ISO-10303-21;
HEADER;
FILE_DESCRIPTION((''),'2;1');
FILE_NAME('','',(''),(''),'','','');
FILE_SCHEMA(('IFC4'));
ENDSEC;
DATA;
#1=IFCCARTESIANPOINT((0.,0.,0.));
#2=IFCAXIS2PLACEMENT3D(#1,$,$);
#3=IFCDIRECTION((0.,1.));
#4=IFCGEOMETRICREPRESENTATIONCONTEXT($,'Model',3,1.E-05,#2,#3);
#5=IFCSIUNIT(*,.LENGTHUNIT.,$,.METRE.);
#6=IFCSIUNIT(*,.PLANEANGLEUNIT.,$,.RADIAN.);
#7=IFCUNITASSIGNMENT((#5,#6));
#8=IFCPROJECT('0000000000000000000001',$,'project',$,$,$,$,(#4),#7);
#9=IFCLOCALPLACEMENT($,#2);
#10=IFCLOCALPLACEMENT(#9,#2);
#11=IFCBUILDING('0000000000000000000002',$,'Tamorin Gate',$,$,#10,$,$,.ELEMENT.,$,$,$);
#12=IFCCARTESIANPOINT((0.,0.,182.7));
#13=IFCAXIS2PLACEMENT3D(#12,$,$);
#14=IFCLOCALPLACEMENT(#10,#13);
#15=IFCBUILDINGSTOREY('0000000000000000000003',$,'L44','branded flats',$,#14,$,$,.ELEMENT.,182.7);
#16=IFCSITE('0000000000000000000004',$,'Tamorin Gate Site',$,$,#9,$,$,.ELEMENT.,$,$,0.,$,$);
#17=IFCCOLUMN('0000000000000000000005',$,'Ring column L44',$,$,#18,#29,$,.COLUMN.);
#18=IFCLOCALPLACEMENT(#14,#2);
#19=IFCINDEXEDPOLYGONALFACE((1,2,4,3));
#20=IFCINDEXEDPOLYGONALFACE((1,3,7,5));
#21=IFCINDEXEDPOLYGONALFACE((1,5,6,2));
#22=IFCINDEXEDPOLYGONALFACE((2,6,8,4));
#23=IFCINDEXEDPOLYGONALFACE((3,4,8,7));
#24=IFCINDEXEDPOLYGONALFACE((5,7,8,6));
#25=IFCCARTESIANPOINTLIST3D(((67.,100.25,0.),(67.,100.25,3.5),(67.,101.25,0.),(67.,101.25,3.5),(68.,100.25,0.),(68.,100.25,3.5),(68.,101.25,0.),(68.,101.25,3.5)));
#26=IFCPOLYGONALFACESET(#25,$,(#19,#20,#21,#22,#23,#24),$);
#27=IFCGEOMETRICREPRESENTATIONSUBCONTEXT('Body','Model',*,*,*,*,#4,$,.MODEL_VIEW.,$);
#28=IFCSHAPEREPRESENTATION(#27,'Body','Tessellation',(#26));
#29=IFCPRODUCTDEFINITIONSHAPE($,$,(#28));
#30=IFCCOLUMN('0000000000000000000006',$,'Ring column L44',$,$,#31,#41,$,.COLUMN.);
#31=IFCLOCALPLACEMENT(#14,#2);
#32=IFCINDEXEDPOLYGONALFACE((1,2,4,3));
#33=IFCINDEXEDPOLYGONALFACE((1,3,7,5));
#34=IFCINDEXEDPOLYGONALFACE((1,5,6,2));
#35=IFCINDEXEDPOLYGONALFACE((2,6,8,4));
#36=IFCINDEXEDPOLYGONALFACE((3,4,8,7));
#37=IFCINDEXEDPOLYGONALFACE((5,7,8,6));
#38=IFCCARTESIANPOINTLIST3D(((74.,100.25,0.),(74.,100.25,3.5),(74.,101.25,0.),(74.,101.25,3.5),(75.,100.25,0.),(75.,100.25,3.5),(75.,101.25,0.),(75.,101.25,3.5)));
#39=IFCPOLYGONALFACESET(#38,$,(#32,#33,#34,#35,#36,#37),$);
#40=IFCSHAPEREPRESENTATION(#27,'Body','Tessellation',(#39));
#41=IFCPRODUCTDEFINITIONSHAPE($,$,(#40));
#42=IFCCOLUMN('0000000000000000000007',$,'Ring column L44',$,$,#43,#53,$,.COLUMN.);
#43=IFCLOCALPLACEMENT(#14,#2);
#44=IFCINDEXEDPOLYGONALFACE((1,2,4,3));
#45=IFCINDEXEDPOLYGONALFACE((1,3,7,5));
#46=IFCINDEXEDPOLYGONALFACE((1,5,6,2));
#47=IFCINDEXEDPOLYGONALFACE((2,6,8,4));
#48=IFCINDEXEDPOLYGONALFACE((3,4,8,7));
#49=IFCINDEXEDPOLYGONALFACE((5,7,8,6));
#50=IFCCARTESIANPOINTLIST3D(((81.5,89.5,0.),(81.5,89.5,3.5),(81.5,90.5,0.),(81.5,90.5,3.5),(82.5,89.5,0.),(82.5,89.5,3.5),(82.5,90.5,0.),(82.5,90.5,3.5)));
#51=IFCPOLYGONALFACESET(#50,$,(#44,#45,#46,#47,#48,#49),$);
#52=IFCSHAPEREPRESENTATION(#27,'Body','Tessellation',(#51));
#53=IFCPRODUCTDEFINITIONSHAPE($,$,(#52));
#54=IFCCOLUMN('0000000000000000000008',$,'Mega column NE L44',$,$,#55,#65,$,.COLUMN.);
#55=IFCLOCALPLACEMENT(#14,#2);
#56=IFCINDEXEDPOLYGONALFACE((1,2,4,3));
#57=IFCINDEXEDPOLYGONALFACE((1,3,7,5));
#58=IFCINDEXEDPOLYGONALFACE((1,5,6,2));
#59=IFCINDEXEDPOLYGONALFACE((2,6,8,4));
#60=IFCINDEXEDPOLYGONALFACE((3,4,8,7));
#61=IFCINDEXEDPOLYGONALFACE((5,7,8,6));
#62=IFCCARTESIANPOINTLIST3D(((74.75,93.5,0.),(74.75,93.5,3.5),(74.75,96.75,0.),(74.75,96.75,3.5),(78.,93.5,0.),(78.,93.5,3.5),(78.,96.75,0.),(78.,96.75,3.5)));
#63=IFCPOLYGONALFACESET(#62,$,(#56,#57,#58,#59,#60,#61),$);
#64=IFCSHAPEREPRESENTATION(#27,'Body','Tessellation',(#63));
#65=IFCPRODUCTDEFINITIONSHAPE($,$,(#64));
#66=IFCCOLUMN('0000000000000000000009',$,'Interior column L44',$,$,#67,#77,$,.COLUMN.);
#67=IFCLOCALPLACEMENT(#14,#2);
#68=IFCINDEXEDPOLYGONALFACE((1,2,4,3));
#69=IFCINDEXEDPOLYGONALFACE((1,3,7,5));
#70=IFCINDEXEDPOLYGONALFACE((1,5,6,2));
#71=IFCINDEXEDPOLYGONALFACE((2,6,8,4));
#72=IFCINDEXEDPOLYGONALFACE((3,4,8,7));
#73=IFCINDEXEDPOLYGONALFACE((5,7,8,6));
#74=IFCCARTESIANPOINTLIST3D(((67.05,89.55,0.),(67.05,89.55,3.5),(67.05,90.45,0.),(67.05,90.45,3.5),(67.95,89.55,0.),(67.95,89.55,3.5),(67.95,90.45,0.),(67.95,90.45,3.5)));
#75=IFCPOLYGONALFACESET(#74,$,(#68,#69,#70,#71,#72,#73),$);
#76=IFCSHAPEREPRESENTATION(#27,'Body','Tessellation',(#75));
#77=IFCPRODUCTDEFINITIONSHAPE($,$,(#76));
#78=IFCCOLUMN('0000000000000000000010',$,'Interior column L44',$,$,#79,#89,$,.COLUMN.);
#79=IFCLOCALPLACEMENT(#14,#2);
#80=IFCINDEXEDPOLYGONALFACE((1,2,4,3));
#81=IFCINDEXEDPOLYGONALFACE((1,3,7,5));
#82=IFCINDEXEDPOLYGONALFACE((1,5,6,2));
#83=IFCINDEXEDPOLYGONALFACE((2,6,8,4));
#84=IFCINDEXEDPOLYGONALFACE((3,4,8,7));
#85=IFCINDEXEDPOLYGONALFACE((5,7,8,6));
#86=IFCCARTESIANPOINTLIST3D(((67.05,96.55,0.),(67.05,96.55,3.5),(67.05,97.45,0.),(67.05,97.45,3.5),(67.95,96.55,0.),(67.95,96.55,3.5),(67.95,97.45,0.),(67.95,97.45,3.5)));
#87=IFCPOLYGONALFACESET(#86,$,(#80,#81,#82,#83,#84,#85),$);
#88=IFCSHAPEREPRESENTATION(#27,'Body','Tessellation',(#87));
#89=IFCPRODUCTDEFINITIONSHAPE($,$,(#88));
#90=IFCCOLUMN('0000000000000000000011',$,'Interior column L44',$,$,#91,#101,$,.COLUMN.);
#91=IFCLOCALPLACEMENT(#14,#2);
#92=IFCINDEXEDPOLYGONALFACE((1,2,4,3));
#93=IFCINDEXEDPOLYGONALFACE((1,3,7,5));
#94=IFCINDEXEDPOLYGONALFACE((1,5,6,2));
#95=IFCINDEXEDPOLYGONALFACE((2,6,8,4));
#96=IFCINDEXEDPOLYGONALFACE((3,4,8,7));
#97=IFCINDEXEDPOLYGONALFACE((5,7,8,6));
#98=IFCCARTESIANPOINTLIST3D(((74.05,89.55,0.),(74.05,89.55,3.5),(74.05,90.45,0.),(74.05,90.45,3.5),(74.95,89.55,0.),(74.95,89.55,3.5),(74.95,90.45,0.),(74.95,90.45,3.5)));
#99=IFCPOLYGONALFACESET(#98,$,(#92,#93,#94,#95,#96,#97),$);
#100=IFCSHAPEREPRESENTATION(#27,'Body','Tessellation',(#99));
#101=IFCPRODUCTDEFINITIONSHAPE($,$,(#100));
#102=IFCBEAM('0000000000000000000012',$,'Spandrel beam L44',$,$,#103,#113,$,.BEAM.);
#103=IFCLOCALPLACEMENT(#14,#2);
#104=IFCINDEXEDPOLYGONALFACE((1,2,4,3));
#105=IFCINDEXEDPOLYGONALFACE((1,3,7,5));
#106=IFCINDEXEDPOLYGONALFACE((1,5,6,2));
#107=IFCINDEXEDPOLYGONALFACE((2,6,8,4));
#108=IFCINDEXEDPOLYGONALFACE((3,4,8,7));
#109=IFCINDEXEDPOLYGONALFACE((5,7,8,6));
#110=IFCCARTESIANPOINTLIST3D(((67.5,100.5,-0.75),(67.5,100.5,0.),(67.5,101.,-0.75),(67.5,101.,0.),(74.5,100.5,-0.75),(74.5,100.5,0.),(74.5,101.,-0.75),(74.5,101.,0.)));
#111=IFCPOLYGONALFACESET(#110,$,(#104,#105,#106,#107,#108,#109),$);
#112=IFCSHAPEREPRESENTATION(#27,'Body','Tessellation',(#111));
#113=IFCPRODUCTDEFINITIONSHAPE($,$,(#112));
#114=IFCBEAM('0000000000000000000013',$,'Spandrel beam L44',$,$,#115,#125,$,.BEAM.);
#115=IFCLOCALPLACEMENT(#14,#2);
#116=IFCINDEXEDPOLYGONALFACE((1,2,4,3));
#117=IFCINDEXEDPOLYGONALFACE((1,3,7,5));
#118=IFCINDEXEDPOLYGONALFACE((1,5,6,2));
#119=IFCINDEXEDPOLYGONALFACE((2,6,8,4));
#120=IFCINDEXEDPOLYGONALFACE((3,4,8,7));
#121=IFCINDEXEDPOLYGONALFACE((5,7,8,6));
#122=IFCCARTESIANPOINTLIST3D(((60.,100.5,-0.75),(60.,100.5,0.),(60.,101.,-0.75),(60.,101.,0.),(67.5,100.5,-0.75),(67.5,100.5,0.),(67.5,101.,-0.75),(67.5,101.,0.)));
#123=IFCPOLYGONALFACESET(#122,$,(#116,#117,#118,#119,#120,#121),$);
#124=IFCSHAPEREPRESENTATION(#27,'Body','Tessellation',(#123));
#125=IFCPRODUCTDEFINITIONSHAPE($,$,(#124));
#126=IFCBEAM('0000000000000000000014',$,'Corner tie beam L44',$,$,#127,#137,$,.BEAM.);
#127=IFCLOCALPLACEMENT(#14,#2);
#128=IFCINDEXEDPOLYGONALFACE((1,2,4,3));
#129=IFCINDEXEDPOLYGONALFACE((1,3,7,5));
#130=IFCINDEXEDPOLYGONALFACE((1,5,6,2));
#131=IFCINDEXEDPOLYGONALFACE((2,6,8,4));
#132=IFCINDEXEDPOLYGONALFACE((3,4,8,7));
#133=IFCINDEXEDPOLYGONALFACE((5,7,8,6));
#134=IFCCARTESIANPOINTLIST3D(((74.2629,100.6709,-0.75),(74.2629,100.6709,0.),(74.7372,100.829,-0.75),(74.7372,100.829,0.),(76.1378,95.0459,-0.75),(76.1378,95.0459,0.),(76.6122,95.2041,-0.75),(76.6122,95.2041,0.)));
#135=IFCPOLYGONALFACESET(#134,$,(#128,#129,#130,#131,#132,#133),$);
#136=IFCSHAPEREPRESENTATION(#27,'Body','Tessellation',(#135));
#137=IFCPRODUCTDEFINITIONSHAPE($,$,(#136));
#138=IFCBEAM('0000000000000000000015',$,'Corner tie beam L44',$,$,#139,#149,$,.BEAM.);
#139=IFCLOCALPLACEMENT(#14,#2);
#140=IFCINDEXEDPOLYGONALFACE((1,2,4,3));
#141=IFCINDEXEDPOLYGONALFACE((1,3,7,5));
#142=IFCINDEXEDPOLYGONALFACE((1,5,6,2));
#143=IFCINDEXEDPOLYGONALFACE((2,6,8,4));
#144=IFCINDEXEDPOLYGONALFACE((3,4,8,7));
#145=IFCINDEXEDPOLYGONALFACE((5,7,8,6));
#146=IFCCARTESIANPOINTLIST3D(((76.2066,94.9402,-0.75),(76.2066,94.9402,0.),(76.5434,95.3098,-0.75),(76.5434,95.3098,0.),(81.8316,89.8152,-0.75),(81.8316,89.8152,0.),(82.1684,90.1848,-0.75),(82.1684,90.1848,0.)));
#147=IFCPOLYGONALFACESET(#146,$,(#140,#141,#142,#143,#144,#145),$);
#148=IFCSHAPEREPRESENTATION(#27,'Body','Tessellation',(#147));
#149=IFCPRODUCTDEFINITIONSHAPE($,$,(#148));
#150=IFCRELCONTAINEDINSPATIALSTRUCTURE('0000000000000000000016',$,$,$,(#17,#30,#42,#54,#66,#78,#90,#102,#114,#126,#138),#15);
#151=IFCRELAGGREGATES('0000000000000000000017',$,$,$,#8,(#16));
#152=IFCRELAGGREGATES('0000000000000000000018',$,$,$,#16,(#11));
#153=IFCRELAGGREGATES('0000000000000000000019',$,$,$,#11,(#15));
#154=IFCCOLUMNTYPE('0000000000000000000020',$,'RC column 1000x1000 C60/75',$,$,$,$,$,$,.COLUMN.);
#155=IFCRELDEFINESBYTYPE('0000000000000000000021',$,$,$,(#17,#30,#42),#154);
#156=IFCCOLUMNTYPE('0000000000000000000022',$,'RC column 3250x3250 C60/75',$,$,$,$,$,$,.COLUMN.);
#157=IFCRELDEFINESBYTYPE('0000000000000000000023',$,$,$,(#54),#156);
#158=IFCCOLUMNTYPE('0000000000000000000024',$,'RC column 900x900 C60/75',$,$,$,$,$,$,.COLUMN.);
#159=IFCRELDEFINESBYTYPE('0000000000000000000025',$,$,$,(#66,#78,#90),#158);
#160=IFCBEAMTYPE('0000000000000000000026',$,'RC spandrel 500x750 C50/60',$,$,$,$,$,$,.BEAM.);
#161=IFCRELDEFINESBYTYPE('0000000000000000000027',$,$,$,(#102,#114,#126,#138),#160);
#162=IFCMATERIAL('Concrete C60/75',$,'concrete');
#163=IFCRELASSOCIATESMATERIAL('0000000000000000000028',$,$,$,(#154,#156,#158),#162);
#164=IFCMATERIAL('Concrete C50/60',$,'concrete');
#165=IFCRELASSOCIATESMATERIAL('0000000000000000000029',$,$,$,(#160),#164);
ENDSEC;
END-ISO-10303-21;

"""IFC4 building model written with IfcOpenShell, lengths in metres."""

from ifc_helpers import new_model, si_unit, direction, frame, origin, origin_2d, place, context, subcontext, project, spatial, rectangle, extrude, material, material_profile, profile_set, type_object, element, save


model = new_model("IFC4")

# Units and contexts
model_context = context("Model", 3, precision=1e-05, world=origin(), true_north=direction((0.0, 1.0)))
body_context = subcontext(model_context, "Body", "Model", "MODEL_VIEW")
ifc_project = project(units=[si_unit("LENGTHUNIT", "METRE"), si_unit("PLANEANGLEUNIT", "RADIAN")], contexts=[model_context])

# Site, building, storey
site_placement = place(None, origin())
site = spatial("IfcSite", under=ifc_project, at=site_placement, Name="Tamorin Gate Site", CompositionType="ELEMENT", RefElevation=0.0)
building_placement = place(site_placement, origin())
building = spatial("IfcBuilding", under=site, at=building_placement, Name="Tamorin Gate", CompositionType="ELEMENT")
storey_placement = place(building_placement, frame((0.0, 0.0, 182.7)))
storey = spatial("IfcBuildingStorey", under=building, at=storey_placement, Name="L44", Description="branded flats", CompositionType="ELEMENT", Elevation=182.7)

# Columns
ifc_material_1 = material(Name="Concrete C60/75", Category="concrete")
ifc_material_profile_1 = material_profile(ifc_material_1, rectangle(XDim=1.0, YDim=1.0, at=origin_2d()), Name="RC 1000x1000")
ifc_profile_set_1 = profile_set([ifc_material_profile_1], Name="Concrete C60/75")
column_type_1 = type_object("IfcColumnType", Name="RC column 1000x1000 C60/75", PredefinedType="COLUMN", material=ifc_profile_set_1)
for number, where, z_axis, x_axis, name in (
    (1, (67.5, 100.75, 0.0), (0.0, 0.0, 1.0), (1.0, 0.0, 0.0), "Ring column L44"),
    (2, (74.5, 100.75, 0.0), (0.0, 0.0, 1.0), (1.0, 0.0, 0.0), "Ring column L44"),
    (3, (82.0, 90.0, 0.0), (0.0, 0.0, 1.0), (1.0, 0.0, 0.0), "Ring column L44"),
):
    element("IfcColumn", number, at=place(storey_placement, frame(where, z_axis=z_axis, x_axis=x_axis)), inside=storey, type_object=column_type_1, Name=name, PredefinedType="COLUMN", context=body_context, shape_type="SweptSolid", body=[
        extrude(rectangle(XDim=1.0, YDim=1.0, at=origin_2d()), origin(), (0.0, 0.0, 1.0), 3.5),
    ])
ifc_material_profile_2 = material_profile(ifc_material_1, rectangle(XDim=3.25, YDim=3.25, at=origin_2d()), Name="RC 3250x3250")
ifc_profile_set_2 = profile_set([ifc_material_profile_2], Name="Concrete C60/75")
column_type_2 = type_object("IfcColumnType", Name="RC column 3250x3250 C60/75", PredefinedType="COLUMN", material=ifc_profile_set_2)
column_placement = place(storey_placement, frame((76.375, 95.125, 0.0), z_axis=(0.0, 0.0, 1.0), x_axis=(1.0, 0.0, 0.0)))
element("IfcColumn", 4, at=column_placement, inside=storey, type_object=column_type_2, Name="Mega column NE L44", PredefinedType="COLUMN", context=body_context, shape_type="SweptSolid", body=[
    extrude(rectangle(XDim=3.25, YDim=3.25, at=origin_2d()), origin(), (0.0, 0.0, 1.0), 3.5),
])
ifc_material_profile_3 = material_profile(ifc_material_1, rectangle(XDim=0.8999, YDim=0.8999, at=origin_2d()), Name="RC 900x900")
ifc_profile_set_3 = profile_set([ifc_material_profile_3], Name="Concrete C60/75")
column_type_3 = type_object("IfcColumnType", Name="RC column 900x900 C60/75", PredefinedType="COLUMN", material=ifc_profile_set_3)
for number, where, z_axis, x_axis, name in (
    (5, (67.5, 90.0, 0.0), (0.0, 0.0, 1.0), (1.0, 0.0, 0.0), "Interior column L44"),
    (6, (67.5, 97.0, 0.0), (0.0, 0.0, 1.0), (1.0, 0.0, 0.0), "Interior column L44"),
    (7, (74.5, 90.0, 0.0), (0.0, 0.0, 1.0), (1.0, 0.0, 0.0), "Interior column L44"),
):
    element("IfcColumn", number, at=place(storey_placement, frame(where, z_axis=z_axis, x_axis=x_axis)), inside=storey, type_object=column_type_3, Name=name, PredefinedType="COLUMN", context=body_context, shape_type="SweptSolid", body=[
        extrude(rectangle(XDim=0.8999, YDim=0.8999, at=origin_2d()), origin(), (0.0, 0.0, 1.0), 3.5),
    ])

# Beams
ifc_material_2 = material(Name="Concrete C50/60", Category="concrete")
ifc_material_profile_4 = material_profile(ifc_material_2, rectangle(XDim=0.5, YDim=0.75, at=origin_2d()), Name="RC 500x750")
ifc_profile_set_4 = profile_set([ifc_material_profile_4], Name="Concrete C50/60")
beam_type = type_object("IfcBeamType", Name="RC spandrel 500x750 C50/60", PredefinedType="BEAM", material=ifc_profile_set_4)
beam_1_placement = place(storey_placement, frame((74.5, 100.75, -0.375), z_axis=(-1.0, 0.0, 0.0), x_axis=(0.0, -1.0, 0.0)))
element("IfcBeam", 8, at=beam_1_placement, inside=storey, type_object=beam_type, Name="Spandrel beam L44", PredefinedType="BEAM", context=body_context, shape_type="SweptSolid", body=[
    extrude(rectangle(XDim=0.5, YDim=0.75, at=origin_2d()), origin(), (0.0, 0.0, 1.0), 7.0),
])
beam_2_placement = place(storey_placement, frame((67.5, 100.75, -0.375), z_axis=(-1.0, 0.0, 0.0), x_axis=(0.0, -1.0, 0.0)))
element("IfcBeam", 9, at=beam_2_placement, inside=storey, type_object=beam_type, Name="Spandrel beam L44", PredefinedType="BEAM", context=body_context, shape_type="SweptSolid", body=[
    extrude(rectangle(XDim=0.5, YDim=0.75, at=origin_2d()), origin(), (0.0, 0.0, 1.0), 7.5),
])
beam_3_placement = place(storey_placement, frame((76.375, 95.125, -0.375), z_axis=(-0.316228, 0.948683, 0.0), x_axis=(-0.948683, -0.316228, 0.0)))
element("IfcBeam", 10, at=beam_3_placement, inside=storey, type_object=beam_type, Name="Corner tie beam L44", PredefinedType="BEAM", context=body_context, shape_type="SweptSolid", body=[
    extrude(rectangle(XDim=0.5, YDim=0.75, at=origin_2d()), origin(), (0.0, 0.0, 1.0), 5.9292),
])
beam_4_placement = place(storey_placement, frame((76.375, 95.125, -0.375), z_axis=(0.739196, -0.67349, 0.0), x_axis=(0.67349, 0.739196, 0.0)))
element("IfcBeam", 11, at=beam_4_placement, inside=storey, type_object=beam_type, Name="Corner tie beam L44", PredefinedType="BEAM", context=body_context, shape_type="SweptSolid", body=[
    extrude(rectangle(XDim=0.5, YDim=0.75, at=origin_2d()), origin(), (0.0, 0.0, 1.0), 7.6096),
])

save(model, "model.ifc")
